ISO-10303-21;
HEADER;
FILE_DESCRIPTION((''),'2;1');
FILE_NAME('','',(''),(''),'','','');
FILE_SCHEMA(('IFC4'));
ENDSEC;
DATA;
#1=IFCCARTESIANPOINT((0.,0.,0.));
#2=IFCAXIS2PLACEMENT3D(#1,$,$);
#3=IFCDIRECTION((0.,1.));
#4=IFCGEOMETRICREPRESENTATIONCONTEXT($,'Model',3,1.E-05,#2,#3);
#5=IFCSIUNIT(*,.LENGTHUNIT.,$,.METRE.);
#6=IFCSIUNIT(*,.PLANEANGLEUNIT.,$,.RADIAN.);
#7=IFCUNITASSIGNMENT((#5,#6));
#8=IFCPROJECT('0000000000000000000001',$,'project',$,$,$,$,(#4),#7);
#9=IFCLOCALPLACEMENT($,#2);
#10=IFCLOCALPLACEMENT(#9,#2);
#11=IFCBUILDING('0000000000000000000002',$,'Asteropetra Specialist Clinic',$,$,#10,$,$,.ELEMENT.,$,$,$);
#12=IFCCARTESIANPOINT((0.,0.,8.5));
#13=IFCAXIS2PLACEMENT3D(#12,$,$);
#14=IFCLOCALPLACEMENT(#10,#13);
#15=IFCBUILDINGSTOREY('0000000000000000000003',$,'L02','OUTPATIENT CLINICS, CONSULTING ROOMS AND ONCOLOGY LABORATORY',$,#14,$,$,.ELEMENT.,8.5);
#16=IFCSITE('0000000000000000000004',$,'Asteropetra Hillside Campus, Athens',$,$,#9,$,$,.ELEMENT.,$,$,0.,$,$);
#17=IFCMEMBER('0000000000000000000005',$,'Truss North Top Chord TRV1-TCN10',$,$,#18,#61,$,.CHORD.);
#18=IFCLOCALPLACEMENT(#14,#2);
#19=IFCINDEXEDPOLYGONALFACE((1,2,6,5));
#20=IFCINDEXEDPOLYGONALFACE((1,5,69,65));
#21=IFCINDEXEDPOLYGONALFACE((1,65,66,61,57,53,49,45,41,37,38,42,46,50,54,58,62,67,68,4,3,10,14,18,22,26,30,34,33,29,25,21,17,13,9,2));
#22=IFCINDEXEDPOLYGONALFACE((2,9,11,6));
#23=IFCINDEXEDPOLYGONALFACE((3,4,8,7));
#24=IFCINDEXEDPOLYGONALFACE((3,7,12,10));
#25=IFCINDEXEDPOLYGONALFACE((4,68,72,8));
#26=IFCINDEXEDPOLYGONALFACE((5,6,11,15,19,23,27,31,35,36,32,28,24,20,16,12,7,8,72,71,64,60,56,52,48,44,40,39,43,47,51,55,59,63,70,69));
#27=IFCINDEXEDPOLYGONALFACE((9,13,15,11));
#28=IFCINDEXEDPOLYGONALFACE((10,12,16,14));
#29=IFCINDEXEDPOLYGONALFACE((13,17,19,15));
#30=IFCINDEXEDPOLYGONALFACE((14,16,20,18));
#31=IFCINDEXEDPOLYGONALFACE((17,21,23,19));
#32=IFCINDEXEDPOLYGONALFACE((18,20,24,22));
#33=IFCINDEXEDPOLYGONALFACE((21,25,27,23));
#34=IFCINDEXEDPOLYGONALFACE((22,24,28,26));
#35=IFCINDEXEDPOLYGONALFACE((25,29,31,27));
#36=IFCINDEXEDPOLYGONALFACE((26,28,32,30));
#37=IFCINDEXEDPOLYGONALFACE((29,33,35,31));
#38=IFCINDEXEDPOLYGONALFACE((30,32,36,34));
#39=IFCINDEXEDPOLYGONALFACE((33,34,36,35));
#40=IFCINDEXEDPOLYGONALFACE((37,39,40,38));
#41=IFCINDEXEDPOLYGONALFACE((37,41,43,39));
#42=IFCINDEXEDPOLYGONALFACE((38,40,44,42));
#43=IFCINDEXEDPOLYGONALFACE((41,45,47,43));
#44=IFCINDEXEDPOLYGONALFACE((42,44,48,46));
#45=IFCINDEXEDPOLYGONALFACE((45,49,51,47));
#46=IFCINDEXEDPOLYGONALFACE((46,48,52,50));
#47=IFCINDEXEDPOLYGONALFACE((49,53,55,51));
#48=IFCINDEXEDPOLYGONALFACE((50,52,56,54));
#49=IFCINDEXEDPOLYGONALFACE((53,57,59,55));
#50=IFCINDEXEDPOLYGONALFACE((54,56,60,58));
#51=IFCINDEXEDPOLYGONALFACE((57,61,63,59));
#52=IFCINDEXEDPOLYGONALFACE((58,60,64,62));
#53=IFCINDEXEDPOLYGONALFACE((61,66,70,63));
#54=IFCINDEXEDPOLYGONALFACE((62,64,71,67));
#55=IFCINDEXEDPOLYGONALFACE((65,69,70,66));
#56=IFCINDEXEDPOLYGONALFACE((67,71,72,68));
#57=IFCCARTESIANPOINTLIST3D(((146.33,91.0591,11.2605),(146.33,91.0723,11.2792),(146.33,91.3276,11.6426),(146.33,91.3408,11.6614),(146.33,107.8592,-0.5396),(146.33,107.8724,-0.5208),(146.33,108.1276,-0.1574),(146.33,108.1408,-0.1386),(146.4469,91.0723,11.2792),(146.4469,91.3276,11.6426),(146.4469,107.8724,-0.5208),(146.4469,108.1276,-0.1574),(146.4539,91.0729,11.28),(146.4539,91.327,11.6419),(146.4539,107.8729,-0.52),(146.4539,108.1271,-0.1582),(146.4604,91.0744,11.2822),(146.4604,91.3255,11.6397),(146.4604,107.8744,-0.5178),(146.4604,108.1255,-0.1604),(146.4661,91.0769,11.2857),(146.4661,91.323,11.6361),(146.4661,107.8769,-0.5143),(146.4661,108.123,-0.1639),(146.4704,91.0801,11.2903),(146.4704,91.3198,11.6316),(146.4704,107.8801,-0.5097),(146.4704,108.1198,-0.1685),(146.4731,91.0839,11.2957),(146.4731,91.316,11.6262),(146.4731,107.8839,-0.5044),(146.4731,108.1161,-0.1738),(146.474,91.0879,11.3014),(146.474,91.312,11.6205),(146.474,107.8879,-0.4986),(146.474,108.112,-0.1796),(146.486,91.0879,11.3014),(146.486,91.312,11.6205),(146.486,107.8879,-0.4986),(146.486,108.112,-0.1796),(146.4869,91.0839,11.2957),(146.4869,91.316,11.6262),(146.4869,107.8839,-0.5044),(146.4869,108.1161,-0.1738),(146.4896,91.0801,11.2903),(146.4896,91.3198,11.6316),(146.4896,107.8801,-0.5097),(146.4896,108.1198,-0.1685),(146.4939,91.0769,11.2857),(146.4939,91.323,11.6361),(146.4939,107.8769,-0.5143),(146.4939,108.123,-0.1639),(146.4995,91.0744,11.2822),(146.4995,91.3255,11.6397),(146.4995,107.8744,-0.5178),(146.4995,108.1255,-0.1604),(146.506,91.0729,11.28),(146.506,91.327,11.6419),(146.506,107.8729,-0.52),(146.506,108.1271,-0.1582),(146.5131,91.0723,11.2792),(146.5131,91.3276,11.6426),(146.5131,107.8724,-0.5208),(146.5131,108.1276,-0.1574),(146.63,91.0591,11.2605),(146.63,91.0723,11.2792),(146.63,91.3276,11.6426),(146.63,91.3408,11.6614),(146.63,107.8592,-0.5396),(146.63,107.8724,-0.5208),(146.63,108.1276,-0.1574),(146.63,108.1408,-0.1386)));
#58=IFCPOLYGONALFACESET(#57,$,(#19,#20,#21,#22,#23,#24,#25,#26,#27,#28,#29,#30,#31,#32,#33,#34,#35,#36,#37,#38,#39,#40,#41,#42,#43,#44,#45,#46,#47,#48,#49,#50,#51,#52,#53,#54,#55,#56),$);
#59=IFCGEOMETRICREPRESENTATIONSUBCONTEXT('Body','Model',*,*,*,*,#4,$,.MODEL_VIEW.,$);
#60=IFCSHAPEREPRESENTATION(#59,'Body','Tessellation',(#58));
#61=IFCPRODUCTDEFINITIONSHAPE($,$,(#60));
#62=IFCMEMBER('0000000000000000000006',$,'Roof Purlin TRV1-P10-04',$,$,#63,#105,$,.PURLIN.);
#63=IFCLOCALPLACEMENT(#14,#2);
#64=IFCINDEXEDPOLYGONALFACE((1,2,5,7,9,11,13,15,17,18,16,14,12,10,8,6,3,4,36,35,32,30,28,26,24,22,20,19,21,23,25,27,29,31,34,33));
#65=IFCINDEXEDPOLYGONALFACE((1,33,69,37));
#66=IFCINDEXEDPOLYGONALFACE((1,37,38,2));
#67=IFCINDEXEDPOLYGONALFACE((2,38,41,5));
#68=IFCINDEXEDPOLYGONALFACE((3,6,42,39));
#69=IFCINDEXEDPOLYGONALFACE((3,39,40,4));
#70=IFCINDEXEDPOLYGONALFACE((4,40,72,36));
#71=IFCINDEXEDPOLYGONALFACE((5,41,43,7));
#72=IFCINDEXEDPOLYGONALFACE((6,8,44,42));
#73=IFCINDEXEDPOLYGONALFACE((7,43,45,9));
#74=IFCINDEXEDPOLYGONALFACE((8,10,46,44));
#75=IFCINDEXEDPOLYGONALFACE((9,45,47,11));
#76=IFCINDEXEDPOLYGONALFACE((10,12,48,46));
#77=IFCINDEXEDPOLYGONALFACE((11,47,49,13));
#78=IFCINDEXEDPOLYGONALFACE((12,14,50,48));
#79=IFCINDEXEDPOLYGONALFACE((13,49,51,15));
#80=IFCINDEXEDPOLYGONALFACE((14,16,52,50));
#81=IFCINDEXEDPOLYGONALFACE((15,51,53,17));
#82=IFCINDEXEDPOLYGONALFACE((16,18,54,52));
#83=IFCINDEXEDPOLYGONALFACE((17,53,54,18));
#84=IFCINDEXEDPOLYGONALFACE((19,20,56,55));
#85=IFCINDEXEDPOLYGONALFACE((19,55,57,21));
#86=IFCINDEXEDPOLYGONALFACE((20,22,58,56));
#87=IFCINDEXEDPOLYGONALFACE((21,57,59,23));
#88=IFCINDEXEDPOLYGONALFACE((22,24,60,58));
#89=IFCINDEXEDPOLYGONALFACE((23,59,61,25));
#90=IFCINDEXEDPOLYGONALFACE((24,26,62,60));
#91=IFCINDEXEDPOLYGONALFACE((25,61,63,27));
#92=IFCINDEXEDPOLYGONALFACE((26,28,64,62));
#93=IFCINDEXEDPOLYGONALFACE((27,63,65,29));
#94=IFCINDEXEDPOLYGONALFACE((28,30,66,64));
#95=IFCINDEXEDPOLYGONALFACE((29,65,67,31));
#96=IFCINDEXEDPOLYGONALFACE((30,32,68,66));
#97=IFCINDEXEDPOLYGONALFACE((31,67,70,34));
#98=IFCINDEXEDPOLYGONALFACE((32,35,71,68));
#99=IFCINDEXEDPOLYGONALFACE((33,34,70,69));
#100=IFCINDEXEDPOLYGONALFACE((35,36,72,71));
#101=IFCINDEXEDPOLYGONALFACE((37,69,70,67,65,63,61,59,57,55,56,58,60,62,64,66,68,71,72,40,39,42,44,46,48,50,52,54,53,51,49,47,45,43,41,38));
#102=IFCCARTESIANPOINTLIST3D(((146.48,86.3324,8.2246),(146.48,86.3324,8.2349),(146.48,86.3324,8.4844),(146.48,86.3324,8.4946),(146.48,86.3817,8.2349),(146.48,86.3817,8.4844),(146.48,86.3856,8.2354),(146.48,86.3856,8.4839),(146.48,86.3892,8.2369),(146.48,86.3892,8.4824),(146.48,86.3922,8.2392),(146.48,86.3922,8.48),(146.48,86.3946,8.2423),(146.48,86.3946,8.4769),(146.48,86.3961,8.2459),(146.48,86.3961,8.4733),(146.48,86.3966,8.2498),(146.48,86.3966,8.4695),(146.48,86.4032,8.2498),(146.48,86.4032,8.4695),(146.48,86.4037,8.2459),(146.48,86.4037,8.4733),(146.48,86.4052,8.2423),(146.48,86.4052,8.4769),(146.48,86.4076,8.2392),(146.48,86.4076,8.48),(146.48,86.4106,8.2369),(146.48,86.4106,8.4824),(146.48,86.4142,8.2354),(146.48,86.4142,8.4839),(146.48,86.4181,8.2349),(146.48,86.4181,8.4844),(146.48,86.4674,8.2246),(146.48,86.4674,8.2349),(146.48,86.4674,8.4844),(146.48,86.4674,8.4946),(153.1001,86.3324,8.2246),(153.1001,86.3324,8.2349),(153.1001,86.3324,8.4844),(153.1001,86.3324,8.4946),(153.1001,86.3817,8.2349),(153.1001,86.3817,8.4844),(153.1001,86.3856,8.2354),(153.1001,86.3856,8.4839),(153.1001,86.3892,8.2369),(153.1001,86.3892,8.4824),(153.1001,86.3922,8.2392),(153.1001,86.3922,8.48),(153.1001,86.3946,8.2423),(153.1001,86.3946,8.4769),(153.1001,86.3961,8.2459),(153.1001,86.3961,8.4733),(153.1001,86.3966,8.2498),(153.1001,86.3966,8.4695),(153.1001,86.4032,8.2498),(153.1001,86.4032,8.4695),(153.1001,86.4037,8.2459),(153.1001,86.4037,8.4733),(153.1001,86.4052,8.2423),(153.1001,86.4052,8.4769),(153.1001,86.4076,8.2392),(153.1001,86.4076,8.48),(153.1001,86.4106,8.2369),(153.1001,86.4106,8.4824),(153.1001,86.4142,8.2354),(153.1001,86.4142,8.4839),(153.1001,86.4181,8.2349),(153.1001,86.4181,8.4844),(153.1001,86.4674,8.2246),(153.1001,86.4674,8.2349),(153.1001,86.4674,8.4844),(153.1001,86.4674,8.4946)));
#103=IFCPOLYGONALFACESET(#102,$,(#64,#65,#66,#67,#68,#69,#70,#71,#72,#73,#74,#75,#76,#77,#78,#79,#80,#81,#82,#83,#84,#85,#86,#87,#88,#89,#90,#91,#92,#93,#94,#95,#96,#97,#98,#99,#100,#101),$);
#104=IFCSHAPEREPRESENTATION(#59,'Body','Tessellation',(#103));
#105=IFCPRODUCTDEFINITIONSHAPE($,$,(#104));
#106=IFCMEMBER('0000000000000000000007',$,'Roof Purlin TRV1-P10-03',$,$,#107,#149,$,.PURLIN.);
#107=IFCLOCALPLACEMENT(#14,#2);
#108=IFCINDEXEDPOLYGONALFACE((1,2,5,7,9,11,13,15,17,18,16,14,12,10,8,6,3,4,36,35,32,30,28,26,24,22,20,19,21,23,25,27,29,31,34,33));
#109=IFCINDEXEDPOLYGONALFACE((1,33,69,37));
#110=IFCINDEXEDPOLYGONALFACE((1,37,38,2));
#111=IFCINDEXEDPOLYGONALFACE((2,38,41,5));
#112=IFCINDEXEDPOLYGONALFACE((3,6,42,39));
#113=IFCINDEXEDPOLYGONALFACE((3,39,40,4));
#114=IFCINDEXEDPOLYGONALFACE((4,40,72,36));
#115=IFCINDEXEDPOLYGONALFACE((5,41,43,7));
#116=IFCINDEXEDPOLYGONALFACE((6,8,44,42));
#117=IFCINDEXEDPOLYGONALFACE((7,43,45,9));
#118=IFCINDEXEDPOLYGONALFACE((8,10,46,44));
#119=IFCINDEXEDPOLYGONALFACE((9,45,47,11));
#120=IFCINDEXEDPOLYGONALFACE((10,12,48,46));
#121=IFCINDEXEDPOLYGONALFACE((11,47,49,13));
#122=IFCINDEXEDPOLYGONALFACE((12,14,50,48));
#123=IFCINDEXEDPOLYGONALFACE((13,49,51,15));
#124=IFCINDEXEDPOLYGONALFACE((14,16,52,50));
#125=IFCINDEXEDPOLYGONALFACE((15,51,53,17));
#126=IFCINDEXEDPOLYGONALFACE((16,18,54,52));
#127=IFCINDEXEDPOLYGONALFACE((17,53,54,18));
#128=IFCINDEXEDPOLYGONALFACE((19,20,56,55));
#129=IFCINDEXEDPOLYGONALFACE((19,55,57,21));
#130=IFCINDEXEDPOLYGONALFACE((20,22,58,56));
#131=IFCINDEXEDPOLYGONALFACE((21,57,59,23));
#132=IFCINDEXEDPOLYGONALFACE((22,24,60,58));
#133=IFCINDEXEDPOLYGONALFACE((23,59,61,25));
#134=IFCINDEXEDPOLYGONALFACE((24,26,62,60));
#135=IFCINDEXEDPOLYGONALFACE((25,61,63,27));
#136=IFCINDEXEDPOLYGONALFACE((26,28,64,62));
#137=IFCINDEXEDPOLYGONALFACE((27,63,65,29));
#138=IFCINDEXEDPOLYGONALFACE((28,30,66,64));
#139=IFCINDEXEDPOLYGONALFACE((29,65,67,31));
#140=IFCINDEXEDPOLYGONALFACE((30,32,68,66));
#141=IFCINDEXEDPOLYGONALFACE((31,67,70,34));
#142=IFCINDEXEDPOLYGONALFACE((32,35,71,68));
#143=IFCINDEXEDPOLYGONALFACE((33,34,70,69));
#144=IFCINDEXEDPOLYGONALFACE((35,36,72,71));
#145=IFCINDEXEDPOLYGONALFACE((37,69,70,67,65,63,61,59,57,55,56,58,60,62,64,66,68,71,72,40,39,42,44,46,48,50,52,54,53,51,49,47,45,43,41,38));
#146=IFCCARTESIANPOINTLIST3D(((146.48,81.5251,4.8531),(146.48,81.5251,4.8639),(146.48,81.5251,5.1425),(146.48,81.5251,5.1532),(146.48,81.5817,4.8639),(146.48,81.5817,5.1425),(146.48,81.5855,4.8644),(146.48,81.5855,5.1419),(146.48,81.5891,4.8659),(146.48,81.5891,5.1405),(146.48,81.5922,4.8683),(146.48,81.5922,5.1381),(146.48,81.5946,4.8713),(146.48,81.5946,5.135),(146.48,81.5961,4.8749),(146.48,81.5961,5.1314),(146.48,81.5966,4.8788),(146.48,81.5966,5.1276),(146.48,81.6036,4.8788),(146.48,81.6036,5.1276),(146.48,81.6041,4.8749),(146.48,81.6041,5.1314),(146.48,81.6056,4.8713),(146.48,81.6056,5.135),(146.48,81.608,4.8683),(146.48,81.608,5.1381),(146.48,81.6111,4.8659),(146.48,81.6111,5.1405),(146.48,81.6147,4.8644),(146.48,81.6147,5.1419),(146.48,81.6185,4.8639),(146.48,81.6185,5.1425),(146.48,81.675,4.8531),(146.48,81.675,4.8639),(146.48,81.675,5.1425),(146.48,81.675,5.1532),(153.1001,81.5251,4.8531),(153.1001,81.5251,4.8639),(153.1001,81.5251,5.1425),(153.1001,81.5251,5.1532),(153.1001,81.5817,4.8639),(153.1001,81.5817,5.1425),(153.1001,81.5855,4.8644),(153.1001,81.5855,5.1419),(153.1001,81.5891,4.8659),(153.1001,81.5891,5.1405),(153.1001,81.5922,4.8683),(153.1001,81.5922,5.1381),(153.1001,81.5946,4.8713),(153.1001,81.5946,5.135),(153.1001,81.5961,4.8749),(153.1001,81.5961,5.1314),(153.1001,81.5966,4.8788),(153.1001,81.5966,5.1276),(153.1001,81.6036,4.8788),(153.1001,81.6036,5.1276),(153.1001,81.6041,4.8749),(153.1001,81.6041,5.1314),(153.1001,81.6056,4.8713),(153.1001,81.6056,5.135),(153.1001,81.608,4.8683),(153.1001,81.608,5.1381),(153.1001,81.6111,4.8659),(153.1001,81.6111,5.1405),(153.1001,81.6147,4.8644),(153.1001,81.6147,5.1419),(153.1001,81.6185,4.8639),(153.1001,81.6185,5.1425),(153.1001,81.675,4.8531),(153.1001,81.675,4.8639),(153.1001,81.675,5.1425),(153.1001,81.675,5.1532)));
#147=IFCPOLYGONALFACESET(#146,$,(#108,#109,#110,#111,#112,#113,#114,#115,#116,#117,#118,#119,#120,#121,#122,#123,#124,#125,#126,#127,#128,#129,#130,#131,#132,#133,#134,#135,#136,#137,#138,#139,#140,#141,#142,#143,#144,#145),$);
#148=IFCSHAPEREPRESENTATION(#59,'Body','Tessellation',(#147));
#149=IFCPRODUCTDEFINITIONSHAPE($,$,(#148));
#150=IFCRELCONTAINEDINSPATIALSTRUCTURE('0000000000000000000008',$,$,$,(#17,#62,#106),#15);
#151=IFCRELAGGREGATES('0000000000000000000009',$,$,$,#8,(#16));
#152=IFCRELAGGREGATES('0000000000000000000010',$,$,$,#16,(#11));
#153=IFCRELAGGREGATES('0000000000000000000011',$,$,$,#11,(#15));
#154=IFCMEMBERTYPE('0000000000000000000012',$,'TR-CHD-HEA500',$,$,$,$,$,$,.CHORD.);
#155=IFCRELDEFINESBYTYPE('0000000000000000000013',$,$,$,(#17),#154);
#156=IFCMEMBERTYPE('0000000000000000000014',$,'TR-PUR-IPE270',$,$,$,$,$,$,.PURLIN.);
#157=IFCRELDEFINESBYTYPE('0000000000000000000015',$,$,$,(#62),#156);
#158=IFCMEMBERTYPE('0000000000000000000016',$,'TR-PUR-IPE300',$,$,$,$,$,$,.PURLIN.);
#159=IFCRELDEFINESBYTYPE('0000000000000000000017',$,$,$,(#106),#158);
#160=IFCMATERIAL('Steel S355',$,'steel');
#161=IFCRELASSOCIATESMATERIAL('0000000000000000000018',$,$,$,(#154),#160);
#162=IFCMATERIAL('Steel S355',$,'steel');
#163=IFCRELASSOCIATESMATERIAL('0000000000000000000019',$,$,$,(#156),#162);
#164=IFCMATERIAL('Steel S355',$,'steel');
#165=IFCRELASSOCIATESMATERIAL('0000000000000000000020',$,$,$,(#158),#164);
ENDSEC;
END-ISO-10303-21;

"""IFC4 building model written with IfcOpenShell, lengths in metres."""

from ifc_helpers import new_model, si_unit, direction, frame, origin, origin_2d, place, context, subcontext, project, spatial, i_section, extrude, material, material_profile, profile_set, type_object, element, save


model = new_model("IFC4")

# Units and contexts
model_context = context("Model", 3, precision=1e-05, world=origin(), true_north=direction((0.0, 1.0)))
body_context = subcontext(model_context, "Body", "Model", "MODEL_VIEW")
ifc_project = project(units=[si_unit("LENGTHUNIT", "METRE"), si_unit("PLANEANGLEUNIT", "RADIAN")], contexts=[model_context])

# Site, building, storey
site_placement = place(None, origin())
site = spatial("IfcSite", under=ifc_project, at=site_placement, Name="Asteropetra Hillside Campus, Athens", CompositionType="ELEMENT", RefElevation=0.0)
building_placement = place(site_placement, origin())
building = spatial("IfcBuilding", under=site, at=building_placement, Name="Asteropetra Specialist Clinic", CompositionType="ELEMENT")
storey_placement = place(building_placement, frame((0.0, 0.0, 8.5)))
storey = spatial("IfcBuildingStorey", under=building, at=storey_placement, Name="L02", Description="OUTPATIENT CLINICS, CONSULTING ROOMS AND ONCOLOGY LABORATORY", CompositionType="ELEMENT", Elevation=8.5)

# Members
ifc_material_1 = material(Name="Steel S355", Category="steel")
ifc_material_profile_1 = material_profile(ifc_material_1, i_section(OverallWidth=0.3, OverallDepth=0.49, WebThickness=0.012, FlangeThickness=0.0229, FilletRadius=0.0271, at=origin_2d()), Name="HEA 500")
ifc_profile_set_1 = profile_set([ifc_material_profile_1], Name="Steel S355")
member_type_1 = type_object("IfcMemberType", Name="TR-CHD-HEA500", PredefinedType="CHORD", material=ifc_profile_set_1)
member_1_placement = place(storey_placement, frame((146.48, 91.2, 11.4609), z_axis=(0.0, 0.818315, -0.57477), x_axis=(-1.0, 0.0, 0.0)))
element("IfcMember", 1, at=member_1_placement, inside=storey, type_object=member_type_1, Name="Truss North Top Chord TRV1-TCN10", PredefinedType="CHORD", context=body_context, shape_type="SweptSolid", body=[
    extrude(i_section(OverallWidth=0.3, OverallDepth=0.49, WebThickness=0.012, FlangeThickness=0.0229, FilletRadius=0.0271, at=origin_2d()), origin(), (0.0, 0.0, 1.0), 20.53),
])
ifc_material_2 = material(Name="Steel S355", Category="steel")
ifc_material_profile_2 = material_profile(ifc_material_2, i_section(OverallWidth=0.135, OverallDepth=0.27, WebThickness=0.0066, FlangeThickness=0.0103, FilletRadius=0.0149, at=origin_2d()), Name="IPE 270")
ifc_profile_set_2 = profile_set([ifc_material_profile_2], Name="Steel S355")
member_type_2 = type_object("IfcMemberType", Name="TR-PUR-IPE270", PredefinedType="PURLIN", material=ifc_profile_set_2)
member_2_placement = place(storey_placement, frame((146.48, 86.3999, 8.3596), z_axis=(1.0, 0.0, 0.0), x_axis=(0.0, 1.0, 0.0)))
element("IfcMember", 2, at=member_2_placement, inside=storey, type_object=member_type_2, Name="Roof Purlin TRV1-P10-04", PredefinedType="PURLIN", context=body_context, shape_type="SweptSolid", body=[
    extrude(i_section(OverallWidth=0.135, OverallDepth=0.27, WebThickness=0.0066, FlangeThickness=0.0103, FilletRadius=0.0149, at=origin_2d()), origin(), (0.0, 0.0, 1.0), 6.6201),
])
ifc_material_3 = material(Name="Steel S355", Category="steel")
ifc_material_profile_3 = material_profile(ifc_material_3, i_section(OverallWidth=0.1499, OverallDepth=0.3, WebThickness=0.0071, FlangeThickness=0.0107, FilletRadius=0.0149, at=origin_2d()), Name="IPE 300")
ifc_profile_set_3 = profile_set([ifc_material_profile_3], Name="Steel S355")
member_type_3 = type_object("IfcMemberType", Name="TR-PUR-IPE300", PredefinedType="PURLIN", material=ifc_profile_set_3)
member_3_placement = place(storey_placement, frame((146.48, 81.6001, 5.0032), z_axis=(1.0, 0.0, 0.0), x_axis=(0.0, 1.0, 0.0)))
element("IfcMember", 3, at=member_3_placement, inside=storey, type_object=member_type_3, Name="Roof Purlin TRV1-P10-03", PredefinedType="PURLIN", context=body_context, shape_type="SweptSolid", body=[
    extrude(i_section(OverallWidth=0.1499, OverallDepth=0.3, WebThickness=0.0071, FlangeThickness=0.0107, FilletRadius=0.0149, at=origin_2d()), origin(), (0.0, 0.0, 1.0), 6.6201),
])

save(model, "model.ifc")
